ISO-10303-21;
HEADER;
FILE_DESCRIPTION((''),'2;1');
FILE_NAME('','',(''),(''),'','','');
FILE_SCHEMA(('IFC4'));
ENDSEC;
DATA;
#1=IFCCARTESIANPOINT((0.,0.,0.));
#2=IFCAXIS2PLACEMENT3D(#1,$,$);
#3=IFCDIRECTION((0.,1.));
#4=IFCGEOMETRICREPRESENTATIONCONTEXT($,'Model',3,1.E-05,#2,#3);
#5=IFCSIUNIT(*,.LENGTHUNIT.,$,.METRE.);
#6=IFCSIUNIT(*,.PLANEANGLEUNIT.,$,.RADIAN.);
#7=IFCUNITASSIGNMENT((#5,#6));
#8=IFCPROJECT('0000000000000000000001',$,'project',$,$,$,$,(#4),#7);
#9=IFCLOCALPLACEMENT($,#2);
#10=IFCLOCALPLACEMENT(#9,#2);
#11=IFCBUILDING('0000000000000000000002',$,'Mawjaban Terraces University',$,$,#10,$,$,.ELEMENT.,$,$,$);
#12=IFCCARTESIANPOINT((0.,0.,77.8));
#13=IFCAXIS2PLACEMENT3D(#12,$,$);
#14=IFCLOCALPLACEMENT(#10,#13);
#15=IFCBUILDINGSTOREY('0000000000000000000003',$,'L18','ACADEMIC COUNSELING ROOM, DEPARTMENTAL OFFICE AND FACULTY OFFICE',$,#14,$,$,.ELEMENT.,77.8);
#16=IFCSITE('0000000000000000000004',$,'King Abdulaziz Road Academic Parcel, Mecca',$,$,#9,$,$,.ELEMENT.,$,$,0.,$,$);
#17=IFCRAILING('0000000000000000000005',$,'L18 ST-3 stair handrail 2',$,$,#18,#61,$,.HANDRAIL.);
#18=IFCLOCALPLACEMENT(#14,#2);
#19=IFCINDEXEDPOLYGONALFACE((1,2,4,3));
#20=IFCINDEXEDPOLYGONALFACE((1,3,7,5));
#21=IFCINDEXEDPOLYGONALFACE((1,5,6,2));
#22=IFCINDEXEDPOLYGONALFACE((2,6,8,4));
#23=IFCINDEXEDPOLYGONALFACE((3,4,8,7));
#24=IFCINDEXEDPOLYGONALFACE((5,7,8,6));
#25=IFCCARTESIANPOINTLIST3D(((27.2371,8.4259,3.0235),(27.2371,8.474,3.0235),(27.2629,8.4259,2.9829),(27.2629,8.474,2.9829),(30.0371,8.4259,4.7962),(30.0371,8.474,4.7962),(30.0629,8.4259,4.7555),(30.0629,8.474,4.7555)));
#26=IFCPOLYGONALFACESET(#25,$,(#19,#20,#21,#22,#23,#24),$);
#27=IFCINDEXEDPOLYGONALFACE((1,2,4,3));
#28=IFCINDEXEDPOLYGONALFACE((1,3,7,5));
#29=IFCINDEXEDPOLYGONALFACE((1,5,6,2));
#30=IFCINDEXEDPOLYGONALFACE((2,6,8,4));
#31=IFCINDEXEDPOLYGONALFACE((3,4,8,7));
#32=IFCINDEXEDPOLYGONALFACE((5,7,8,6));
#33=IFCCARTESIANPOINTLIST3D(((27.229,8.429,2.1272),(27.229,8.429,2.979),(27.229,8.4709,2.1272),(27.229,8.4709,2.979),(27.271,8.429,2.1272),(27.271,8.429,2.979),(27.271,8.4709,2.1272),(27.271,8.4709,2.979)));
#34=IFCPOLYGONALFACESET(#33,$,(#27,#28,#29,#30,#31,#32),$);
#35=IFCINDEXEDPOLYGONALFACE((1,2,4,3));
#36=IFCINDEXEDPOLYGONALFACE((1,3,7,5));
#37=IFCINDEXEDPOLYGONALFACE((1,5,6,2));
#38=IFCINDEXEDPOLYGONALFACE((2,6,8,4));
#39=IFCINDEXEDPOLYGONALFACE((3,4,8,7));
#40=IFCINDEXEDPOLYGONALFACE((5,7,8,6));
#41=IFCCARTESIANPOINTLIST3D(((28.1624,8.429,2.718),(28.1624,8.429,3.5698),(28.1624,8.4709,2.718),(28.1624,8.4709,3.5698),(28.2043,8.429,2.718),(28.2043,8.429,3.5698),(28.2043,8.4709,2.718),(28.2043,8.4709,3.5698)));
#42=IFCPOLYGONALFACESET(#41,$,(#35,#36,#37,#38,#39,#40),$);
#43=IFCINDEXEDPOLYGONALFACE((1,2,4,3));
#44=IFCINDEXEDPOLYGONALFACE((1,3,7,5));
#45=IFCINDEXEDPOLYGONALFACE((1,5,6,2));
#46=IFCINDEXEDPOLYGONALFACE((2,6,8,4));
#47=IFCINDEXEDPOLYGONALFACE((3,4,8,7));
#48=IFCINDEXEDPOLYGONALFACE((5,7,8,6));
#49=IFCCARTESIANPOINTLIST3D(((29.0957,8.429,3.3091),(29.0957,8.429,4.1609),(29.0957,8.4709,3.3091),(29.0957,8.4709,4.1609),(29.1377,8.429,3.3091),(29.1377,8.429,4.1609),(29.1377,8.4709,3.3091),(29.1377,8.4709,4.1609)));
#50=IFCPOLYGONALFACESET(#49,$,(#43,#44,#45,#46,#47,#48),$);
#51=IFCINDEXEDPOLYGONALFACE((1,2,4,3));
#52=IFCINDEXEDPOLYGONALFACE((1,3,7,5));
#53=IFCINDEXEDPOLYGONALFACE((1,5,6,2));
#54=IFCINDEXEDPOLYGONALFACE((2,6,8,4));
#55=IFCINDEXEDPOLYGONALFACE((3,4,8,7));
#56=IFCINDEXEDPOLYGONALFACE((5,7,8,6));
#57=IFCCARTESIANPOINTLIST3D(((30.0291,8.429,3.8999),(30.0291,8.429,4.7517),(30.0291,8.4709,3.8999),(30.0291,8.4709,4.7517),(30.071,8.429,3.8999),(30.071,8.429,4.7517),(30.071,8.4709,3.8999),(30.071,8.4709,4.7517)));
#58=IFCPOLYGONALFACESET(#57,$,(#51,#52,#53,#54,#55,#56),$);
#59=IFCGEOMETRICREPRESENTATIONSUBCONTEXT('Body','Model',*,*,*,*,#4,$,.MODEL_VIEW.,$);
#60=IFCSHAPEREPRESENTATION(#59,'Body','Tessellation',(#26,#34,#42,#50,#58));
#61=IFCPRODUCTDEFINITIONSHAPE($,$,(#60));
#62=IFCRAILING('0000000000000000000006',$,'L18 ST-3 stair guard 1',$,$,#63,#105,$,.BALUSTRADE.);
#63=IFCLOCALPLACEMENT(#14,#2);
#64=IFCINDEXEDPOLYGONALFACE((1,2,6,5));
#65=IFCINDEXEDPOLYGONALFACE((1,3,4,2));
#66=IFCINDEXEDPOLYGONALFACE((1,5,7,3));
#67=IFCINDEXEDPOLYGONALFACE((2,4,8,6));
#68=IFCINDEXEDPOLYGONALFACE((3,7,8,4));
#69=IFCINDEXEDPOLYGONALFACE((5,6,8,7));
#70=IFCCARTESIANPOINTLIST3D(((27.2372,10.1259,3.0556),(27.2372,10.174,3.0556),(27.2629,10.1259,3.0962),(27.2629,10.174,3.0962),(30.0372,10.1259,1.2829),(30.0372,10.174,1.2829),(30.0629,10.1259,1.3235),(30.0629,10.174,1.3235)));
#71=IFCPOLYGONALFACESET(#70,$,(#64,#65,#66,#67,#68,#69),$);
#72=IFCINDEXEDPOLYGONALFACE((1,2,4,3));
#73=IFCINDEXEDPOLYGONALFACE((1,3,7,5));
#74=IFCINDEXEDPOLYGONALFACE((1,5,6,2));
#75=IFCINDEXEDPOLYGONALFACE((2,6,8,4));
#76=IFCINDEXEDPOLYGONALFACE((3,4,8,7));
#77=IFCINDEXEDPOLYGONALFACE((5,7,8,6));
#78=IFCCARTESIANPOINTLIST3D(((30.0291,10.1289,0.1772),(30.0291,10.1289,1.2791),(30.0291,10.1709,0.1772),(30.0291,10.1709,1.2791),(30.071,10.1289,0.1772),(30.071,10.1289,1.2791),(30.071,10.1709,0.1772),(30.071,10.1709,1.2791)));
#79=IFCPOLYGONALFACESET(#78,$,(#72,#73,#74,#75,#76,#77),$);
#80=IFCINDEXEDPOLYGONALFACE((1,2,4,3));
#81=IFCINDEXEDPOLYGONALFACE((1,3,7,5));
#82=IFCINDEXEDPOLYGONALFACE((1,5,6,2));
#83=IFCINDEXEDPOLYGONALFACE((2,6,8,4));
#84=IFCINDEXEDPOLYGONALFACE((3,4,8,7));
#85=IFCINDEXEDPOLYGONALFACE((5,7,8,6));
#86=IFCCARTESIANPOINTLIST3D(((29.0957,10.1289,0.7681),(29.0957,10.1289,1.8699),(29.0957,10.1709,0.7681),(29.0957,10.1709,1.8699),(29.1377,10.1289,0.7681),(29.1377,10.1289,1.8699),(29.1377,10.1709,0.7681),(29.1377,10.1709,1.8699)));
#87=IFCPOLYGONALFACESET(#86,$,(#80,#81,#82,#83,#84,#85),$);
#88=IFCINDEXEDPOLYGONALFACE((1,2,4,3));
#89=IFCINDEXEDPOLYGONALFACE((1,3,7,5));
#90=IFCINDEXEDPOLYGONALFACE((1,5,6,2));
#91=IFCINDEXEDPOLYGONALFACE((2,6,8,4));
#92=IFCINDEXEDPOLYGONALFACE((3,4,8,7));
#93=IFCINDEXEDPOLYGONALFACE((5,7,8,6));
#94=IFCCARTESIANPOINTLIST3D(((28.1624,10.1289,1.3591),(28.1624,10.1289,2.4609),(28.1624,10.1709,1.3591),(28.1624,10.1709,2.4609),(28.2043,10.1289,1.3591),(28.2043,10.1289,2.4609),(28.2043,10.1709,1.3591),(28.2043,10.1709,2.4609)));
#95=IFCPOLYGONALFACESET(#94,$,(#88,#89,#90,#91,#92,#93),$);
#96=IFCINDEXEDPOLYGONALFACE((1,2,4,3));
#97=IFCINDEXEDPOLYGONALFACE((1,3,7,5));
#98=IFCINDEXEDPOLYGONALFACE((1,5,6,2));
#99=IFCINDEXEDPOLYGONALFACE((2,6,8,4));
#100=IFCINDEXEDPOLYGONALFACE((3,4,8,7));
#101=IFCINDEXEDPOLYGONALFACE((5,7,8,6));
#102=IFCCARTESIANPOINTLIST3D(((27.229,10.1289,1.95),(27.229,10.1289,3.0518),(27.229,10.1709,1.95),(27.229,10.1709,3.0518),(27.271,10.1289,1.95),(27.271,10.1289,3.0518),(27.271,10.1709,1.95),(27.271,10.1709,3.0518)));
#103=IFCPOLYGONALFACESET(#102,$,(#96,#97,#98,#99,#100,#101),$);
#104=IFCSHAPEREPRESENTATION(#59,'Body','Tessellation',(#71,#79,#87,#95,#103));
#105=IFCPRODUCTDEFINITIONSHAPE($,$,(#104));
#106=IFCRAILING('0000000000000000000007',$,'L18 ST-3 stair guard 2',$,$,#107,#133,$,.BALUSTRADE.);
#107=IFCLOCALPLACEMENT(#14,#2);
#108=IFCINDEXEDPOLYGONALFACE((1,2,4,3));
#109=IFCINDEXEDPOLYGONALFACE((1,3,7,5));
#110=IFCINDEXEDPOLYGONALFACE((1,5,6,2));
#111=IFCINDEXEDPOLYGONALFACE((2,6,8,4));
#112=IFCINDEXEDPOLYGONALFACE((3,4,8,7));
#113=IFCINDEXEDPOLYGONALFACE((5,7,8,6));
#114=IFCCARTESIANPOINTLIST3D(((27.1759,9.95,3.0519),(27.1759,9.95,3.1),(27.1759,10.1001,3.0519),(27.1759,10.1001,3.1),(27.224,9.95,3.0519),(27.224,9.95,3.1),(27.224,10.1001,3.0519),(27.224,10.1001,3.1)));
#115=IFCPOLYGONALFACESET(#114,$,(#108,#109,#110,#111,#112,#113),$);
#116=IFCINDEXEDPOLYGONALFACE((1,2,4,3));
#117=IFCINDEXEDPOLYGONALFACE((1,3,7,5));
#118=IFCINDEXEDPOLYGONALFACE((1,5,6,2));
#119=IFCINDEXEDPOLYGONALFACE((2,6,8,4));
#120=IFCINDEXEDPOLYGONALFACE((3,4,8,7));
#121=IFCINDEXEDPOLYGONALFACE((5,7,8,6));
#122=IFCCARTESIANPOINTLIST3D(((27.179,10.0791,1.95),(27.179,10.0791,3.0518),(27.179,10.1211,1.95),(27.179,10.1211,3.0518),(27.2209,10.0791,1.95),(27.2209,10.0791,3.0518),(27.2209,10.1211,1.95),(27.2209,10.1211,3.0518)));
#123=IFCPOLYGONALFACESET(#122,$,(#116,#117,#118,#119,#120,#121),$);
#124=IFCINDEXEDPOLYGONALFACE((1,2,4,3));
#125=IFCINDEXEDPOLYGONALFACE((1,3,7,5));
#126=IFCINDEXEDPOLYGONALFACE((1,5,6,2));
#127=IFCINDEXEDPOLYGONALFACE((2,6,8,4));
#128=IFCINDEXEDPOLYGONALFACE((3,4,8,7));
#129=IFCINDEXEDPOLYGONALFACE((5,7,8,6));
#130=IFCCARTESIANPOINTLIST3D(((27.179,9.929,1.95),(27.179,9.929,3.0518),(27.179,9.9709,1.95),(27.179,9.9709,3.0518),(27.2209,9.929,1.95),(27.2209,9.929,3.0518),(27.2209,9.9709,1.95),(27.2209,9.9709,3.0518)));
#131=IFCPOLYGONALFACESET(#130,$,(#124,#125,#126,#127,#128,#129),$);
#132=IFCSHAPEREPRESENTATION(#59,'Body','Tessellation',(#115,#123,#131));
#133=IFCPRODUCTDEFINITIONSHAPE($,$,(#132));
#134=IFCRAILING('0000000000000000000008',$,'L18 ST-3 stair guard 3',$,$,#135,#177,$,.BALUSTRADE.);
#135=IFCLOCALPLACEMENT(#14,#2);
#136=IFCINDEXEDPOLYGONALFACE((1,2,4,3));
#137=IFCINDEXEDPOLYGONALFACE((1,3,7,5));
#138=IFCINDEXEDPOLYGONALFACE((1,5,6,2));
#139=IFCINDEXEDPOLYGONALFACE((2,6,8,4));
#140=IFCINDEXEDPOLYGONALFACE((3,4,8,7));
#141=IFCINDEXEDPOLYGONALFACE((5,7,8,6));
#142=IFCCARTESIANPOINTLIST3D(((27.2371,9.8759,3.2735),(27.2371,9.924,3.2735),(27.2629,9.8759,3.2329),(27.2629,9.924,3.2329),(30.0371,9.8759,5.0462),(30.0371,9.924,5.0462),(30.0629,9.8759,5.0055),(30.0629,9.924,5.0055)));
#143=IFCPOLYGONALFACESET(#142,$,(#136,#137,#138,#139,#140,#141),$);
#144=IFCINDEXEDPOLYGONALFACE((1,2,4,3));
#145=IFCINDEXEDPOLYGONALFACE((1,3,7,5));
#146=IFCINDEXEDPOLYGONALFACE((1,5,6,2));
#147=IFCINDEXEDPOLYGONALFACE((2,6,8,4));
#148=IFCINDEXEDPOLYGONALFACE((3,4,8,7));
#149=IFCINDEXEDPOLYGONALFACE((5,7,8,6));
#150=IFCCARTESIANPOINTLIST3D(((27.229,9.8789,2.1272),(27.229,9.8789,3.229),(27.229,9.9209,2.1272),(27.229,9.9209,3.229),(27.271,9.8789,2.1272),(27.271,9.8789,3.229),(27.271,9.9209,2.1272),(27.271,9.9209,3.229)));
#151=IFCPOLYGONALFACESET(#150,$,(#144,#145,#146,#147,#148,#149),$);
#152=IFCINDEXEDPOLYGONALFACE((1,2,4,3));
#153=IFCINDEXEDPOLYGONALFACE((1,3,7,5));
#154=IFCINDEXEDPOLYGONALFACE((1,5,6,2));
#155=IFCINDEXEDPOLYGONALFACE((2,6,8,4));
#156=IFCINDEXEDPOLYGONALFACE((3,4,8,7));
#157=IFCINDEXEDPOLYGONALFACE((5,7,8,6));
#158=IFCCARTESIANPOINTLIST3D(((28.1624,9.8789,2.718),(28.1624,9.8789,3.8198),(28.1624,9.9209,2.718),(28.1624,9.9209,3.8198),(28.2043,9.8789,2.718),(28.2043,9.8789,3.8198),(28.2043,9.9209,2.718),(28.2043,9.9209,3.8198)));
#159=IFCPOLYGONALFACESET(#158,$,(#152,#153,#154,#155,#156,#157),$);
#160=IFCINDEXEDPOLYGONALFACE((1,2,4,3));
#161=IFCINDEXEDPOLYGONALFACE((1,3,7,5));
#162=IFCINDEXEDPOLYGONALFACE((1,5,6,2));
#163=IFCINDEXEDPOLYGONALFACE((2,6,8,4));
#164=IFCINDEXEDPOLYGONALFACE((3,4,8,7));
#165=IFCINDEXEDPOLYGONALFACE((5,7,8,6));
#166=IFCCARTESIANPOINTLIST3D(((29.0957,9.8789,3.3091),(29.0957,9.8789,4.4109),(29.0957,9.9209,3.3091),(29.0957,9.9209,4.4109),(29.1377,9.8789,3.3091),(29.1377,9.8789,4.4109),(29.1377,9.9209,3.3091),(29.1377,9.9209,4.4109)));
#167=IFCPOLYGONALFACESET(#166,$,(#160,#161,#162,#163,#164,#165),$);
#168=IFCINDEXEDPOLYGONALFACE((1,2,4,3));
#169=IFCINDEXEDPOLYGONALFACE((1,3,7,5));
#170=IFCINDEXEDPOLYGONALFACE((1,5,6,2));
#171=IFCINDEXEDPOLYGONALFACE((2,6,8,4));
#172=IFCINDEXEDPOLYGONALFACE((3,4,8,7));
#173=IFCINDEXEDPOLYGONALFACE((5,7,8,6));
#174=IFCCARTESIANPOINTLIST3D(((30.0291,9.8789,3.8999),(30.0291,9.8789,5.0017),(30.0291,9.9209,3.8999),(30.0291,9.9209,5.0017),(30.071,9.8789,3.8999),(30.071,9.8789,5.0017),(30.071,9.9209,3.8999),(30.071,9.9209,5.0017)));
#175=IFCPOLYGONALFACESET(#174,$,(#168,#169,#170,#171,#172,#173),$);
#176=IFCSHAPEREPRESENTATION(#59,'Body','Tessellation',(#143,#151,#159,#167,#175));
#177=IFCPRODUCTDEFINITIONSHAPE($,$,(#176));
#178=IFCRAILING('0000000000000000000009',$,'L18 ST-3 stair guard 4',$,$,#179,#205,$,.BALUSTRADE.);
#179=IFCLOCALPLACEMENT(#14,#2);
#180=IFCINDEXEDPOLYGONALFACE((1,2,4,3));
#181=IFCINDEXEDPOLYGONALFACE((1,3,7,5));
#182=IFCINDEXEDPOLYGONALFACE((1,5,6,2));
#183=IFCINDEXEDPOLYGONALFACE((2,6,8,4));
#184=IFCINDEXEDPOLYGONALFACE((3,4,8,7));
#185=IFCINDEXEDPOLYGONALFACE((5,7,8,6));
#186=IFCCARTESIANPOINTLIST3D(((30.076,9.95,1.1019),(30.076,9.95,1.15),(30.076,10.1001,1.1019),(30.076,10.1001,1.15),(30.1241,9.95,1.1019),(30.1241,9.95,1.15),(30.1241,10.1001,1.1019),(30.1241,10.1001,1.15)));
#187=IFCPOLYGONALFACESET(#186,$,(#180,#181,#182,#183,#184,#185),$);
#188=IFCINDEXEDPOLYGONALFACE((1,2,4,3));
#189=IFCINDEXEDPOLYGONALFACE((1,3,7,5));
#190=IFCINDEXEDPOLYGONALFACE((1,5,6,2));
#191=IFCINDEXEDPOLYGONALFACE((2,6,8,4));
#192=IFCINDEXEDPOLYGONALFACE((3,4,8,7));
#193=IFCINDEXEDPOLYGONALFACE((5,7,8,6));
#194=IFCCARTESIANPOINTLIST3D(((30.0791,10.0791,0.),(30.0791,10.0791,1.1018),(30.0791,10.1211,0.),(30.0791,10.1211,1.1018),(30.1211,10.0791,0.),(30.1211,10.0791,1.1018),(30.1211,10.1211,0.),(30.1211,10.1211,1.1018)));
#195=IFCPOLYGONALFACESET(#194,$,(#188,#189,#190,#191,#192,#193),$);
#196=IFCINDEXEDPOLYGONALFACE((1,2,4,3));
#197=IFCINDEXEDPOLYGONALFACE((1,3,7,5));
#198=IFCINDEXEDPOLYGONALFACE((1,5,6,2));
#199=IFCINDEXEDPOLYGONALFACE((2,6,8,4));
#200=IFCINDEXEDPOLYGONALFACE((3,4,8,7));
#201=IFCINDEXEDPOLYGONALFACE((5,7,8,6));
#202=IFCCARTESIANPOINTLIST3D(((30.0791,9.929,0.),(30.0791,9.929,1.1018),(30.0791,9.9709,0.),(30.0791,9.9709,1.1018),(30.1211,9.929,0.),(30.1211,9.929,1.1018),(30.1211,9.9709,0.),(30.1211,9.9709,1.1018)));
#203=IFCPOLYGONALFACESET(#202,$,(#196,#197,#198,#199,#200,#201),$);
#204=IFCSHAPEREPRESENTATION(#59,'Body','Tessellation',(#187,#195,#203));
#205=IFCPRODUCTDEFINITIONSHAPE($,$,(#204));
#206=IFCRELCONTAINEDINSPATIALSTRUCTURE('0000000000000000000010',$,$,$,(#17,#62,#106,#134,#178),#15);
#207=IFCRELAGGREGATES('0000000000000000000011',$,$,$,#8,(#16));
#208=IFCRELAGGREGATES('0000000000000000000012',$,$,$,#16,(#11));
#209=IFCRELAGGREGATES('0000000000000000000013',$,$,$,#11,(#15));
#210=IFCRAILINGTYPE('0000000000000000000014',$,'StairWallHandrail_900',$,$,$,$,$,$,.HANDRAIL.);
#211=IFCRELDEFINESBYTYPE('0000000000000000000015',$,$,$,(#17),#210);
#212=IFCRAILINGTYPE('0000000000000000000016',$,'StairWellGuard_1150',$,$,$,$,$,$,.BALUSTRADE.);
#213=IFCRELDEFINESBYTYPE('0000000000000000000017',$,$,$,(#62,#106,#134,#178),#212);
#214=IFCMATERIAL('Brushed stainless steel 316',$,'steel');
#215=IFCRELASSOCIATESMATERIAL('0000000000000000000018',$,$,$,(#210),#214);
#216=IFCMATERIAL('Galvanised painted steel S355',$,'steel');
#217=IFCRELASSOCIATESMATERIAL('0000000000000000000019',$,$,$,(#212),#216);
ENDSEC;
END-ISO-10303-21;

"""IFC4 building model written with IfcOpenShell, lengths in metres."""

from ifc_helpers import new_model, si_unit, direction, frame, origin, origin_2d, place, context, subcontext, project, spatial, rectangle, extrude, material, type_object, element, save


model = new_model("IFC4")

# Units and contexts
model_context = context("Model", 3, precision=1e-05, world=origin(), true_north=direction((0.0, 1.0)))
body_context = subcontext(model_context, "Body", "Model", "MODEL_VIEW")
ifc_project = project(units=[si_unit("LENGTHUNIT", "METRE"), si_unit("PLANEANGLEUNIT", "RADIAN")], contexts=[model_context])

# Site, building, storey
site_placement = place(None, origin())
site = spatial("IfcSite", under=ifc_project, at=site_placement, Name="King Abdulaziz Road Academic Parcel, Mecca", CompositionType="ELEMENT", RefElevation=0.0)
building_placement = place(site_placement, origin())
building = spatial("IfcBuilding", under=site, at=building_placement, Name="Mawjaban Terraces University", CompositionType="ELEMENT")
storey_placement = place(building_placement, frame((0.0, 0.0, 77.8)))
storey = spatial("IfcBuildingStorey", under=building, at=storey_placement, Name="L18", Description="ACADEMIC COUNSELING ROOM, DEPARTMENTAL OFFICE AND FACULTY OFFICE", CompositionType="ELEMENT", Elevation=77.8)

# Railings
ifc_material_1 = material(Name="Brushed stainless steel 316", Category="steel")
railing_type_1 = type_object("IfcRailingType", Name="StairWallHandrail_900", PredefinedType="HANDRAIL", material=ifc_material_1)
railing_1_placement = place(storey_placement, frame((27.25, 8.45, 2.1272)))
element("IfcRailing", 1, at=railing_1_placement, inside=storey, type_object=railing_type_1, Name="L18 ST-3 stair handrail 2", PredefinedType="HANDRAIL", context=body_context, shape_type="SweptSolid", body=[
    extrude(rectangle(XDim=0.0481, YDim=0.0481, at=origin_2d()), frame((0.0, 0.0, 0.876), z_axis=(0.844909, 0.0, 0.53491), x_axis=(0.0, 1.0, 0.0)), (0.0, 0.0, 1.0), 3.314),
    extrude(rectangle(XDim=0.042, YDim=0.042, at=origin_2d()), origin(), (0.0, 0.0, 1.0), 0.8518),
    extrude(rectangle(XDim=0.042, YDim=0.042, at=origin_2d()), frame((0.9333, 0.0, 0.5908)), (0.0, 0.0, 1.0), 0.8518),
    extrude(rectangle(XDim=0.042, YDim=0.042, at=origin_2d()), frame((1.8667, 0.0, 1.1819)), (0.0, 0.0, 1.0), 0.8518),
    extrude(rectangle(XDim=0.042, YDim=0.042, at=origin_2d()), frame((2.8, 0.0, 1.7727)), (0.0, 0.0, 1.0), 0.8518),
])
ifc_material_2 = material(Name="Galvanised painted steel S355", Category="steel")
railing_type_2 = type_object("IfcRailingType", Name="StairWellGuard_1150", PredefinedType="BALUSTRADE", material=ifc_material_2)
railing_2_placement = place(storey_placement, frame((30.05, 10.1499, 0.1772)))
element("IfcRailing", 2, at=railing_2_placement, inside=storey, type_object=railing_type_2, Name="L18 ST-3 stair guard 1", PredefinedType="BALUSTRADE", context=body_context, shape_type="SweptSolid", body=[
    extrude(rectangle(XDim=0.0481, YDim=0.0481, at=origin_2d()), frame((0.0, 0.0, 1.126), z_axis=(-0.844909, 0.0, 0.53491), x_axis=(0.0, -1.0, 0.0)), (0.0, 0.0, 1.0), 3.314),
    extrude(rectangle(XDim=0.042, YDim=0.042, at=origin_2d()), origin(), (0.0, 0.0, 1.0), 1.1018),
    extrude(rectangle(XDim=0.042, YDim=0.042, at=origin_2d()), frame((-0.9333, 0.0, 0.5908)), (0.0, 0.0, 1.0), 1.1018),
    extrude(rectangle(XDim=0.042, YDim=0.042, at=origin_2d()), frame((-1.8667, 0.0, 1.1819)), (0.0, 0.0, 1.0), 1.1018),
    extrude(rectangle(XDim=0.042, YDim=0.042, at=origin_2d()), frame((-2.8, 0.0, 1.7727)), (0.0, 0.0, 1.0), 1.1018),
])
railing_3_placement = place(storey_placement, frame((27.2, 10.1001, 1.95)))
element("IfcRailing", 3, at=railing_3_placement, inside=storey, type_object=railing_type_2, Name="L18 ST-3 stair guard 2", PredefinedType="BALUSTRADE", context=body_context, shape_type="SweptSolid", body=[
    extrude(rectangle(XDim=0.0481, YDim=0.0481, at=origin_2d()), frame((0.0, 0.0, 1.126), z_axis=(0.0, -1.0, 0.0), x_axis=(1.0, 0.0, 0.0)), (0.0, 0.0, 1.0), 0.1501),
    extrude(rectangle(XDim=0.042, YDim=0.042, at=origin_2d()), origin(), (0.0, 0.0, 1.0), 1.1018),
    extrude(rectangle(XDim=0.042, YDim=0.042, at=origin_2d()), frame((0.0, -0.1501, 0.0)), (0.0, 0.0, 1.0), 1.1018),
])
railing_4_placement = place(storey_placement, frame((27.25, 9.8999, 2.1272)))
element("IfcRailing", 4, at=railing_4_placement, inside=storey, type_object=railing_type_2, Name="L18 ST-3 stair guard 3", PredefinedType="BALUSTRADE", context=body_context, shape_type="SweptSolid", body=[
    extrude(rectangle(XDim=0.0481, YDim=0.0481, at=origin_2d()), frame((0.0, 0.0, 1.126), z_axis=(0.844909, 0.0, 0.53491), x_axis=(0.0, 1.0, 0.0)), (0.0, 0.0, 1.0), 3.314),
    extrude(rectangle(XDim=0.042, YDim=0.042, at=origin_2d()), origin(), (0.0, 0.0, 1.0), 1.1018),
    extrude(rectangle(XDim=0.042, YDim=0.042, at=origin_2d()), frame((0.9333, 0.0, 0.5908)), (0.0, 0.0, 1.0), 1.1018),
    extrude(rectangle(XDim=0.042, YDim=0.042, at=origin_2d()), frame((1.8667, 0.0, 1.1819)), (0.0, 0.0, 1.0), 1.1018),
    extrude(rectangle(XDim=0.042, YDim=0.042, at=origin_2d()), frame((2.8, 0.0, 1.7727)), (0.0, 0.0, 1.0), 1.1018),
])
railing_5_placement = place(storey_placement, frame((30.1001, 10.1001, 0.0)))
element("IfcRailing", 5, at=railing_5_placement, inside=storey, type_object=railing_type_2, Name="L18 ST-3 stair guard 4", PredefinedType="BALUSTRADE", context=body_context, shape_type="SweptSolid", body=[
    extrude(rectangle(XDim=0.0481, YDim=0.0481, at=origin_2d()), frame((0.0, 0.0, 1.126), z_axis=(0.0, -1.0, 0.0), x_axis=(1.0, 0.0, 0.0)), (0.0, 0.0, 1.0), 0.1501),
    extrude(rectangle(XDim=0.042, YDim=0.042, at=origin_2d()), origin(), (0.0, 0.0, 1.0), 1.1018),
    extrude(rectangle(XDim=0.042, YDim=0.042, at=origin_2d()), frame((0.0, -0.1501, 0.0)), (0.0, 0.0, 1.0), 1.1018),
])

save(model, "model.ifc")
